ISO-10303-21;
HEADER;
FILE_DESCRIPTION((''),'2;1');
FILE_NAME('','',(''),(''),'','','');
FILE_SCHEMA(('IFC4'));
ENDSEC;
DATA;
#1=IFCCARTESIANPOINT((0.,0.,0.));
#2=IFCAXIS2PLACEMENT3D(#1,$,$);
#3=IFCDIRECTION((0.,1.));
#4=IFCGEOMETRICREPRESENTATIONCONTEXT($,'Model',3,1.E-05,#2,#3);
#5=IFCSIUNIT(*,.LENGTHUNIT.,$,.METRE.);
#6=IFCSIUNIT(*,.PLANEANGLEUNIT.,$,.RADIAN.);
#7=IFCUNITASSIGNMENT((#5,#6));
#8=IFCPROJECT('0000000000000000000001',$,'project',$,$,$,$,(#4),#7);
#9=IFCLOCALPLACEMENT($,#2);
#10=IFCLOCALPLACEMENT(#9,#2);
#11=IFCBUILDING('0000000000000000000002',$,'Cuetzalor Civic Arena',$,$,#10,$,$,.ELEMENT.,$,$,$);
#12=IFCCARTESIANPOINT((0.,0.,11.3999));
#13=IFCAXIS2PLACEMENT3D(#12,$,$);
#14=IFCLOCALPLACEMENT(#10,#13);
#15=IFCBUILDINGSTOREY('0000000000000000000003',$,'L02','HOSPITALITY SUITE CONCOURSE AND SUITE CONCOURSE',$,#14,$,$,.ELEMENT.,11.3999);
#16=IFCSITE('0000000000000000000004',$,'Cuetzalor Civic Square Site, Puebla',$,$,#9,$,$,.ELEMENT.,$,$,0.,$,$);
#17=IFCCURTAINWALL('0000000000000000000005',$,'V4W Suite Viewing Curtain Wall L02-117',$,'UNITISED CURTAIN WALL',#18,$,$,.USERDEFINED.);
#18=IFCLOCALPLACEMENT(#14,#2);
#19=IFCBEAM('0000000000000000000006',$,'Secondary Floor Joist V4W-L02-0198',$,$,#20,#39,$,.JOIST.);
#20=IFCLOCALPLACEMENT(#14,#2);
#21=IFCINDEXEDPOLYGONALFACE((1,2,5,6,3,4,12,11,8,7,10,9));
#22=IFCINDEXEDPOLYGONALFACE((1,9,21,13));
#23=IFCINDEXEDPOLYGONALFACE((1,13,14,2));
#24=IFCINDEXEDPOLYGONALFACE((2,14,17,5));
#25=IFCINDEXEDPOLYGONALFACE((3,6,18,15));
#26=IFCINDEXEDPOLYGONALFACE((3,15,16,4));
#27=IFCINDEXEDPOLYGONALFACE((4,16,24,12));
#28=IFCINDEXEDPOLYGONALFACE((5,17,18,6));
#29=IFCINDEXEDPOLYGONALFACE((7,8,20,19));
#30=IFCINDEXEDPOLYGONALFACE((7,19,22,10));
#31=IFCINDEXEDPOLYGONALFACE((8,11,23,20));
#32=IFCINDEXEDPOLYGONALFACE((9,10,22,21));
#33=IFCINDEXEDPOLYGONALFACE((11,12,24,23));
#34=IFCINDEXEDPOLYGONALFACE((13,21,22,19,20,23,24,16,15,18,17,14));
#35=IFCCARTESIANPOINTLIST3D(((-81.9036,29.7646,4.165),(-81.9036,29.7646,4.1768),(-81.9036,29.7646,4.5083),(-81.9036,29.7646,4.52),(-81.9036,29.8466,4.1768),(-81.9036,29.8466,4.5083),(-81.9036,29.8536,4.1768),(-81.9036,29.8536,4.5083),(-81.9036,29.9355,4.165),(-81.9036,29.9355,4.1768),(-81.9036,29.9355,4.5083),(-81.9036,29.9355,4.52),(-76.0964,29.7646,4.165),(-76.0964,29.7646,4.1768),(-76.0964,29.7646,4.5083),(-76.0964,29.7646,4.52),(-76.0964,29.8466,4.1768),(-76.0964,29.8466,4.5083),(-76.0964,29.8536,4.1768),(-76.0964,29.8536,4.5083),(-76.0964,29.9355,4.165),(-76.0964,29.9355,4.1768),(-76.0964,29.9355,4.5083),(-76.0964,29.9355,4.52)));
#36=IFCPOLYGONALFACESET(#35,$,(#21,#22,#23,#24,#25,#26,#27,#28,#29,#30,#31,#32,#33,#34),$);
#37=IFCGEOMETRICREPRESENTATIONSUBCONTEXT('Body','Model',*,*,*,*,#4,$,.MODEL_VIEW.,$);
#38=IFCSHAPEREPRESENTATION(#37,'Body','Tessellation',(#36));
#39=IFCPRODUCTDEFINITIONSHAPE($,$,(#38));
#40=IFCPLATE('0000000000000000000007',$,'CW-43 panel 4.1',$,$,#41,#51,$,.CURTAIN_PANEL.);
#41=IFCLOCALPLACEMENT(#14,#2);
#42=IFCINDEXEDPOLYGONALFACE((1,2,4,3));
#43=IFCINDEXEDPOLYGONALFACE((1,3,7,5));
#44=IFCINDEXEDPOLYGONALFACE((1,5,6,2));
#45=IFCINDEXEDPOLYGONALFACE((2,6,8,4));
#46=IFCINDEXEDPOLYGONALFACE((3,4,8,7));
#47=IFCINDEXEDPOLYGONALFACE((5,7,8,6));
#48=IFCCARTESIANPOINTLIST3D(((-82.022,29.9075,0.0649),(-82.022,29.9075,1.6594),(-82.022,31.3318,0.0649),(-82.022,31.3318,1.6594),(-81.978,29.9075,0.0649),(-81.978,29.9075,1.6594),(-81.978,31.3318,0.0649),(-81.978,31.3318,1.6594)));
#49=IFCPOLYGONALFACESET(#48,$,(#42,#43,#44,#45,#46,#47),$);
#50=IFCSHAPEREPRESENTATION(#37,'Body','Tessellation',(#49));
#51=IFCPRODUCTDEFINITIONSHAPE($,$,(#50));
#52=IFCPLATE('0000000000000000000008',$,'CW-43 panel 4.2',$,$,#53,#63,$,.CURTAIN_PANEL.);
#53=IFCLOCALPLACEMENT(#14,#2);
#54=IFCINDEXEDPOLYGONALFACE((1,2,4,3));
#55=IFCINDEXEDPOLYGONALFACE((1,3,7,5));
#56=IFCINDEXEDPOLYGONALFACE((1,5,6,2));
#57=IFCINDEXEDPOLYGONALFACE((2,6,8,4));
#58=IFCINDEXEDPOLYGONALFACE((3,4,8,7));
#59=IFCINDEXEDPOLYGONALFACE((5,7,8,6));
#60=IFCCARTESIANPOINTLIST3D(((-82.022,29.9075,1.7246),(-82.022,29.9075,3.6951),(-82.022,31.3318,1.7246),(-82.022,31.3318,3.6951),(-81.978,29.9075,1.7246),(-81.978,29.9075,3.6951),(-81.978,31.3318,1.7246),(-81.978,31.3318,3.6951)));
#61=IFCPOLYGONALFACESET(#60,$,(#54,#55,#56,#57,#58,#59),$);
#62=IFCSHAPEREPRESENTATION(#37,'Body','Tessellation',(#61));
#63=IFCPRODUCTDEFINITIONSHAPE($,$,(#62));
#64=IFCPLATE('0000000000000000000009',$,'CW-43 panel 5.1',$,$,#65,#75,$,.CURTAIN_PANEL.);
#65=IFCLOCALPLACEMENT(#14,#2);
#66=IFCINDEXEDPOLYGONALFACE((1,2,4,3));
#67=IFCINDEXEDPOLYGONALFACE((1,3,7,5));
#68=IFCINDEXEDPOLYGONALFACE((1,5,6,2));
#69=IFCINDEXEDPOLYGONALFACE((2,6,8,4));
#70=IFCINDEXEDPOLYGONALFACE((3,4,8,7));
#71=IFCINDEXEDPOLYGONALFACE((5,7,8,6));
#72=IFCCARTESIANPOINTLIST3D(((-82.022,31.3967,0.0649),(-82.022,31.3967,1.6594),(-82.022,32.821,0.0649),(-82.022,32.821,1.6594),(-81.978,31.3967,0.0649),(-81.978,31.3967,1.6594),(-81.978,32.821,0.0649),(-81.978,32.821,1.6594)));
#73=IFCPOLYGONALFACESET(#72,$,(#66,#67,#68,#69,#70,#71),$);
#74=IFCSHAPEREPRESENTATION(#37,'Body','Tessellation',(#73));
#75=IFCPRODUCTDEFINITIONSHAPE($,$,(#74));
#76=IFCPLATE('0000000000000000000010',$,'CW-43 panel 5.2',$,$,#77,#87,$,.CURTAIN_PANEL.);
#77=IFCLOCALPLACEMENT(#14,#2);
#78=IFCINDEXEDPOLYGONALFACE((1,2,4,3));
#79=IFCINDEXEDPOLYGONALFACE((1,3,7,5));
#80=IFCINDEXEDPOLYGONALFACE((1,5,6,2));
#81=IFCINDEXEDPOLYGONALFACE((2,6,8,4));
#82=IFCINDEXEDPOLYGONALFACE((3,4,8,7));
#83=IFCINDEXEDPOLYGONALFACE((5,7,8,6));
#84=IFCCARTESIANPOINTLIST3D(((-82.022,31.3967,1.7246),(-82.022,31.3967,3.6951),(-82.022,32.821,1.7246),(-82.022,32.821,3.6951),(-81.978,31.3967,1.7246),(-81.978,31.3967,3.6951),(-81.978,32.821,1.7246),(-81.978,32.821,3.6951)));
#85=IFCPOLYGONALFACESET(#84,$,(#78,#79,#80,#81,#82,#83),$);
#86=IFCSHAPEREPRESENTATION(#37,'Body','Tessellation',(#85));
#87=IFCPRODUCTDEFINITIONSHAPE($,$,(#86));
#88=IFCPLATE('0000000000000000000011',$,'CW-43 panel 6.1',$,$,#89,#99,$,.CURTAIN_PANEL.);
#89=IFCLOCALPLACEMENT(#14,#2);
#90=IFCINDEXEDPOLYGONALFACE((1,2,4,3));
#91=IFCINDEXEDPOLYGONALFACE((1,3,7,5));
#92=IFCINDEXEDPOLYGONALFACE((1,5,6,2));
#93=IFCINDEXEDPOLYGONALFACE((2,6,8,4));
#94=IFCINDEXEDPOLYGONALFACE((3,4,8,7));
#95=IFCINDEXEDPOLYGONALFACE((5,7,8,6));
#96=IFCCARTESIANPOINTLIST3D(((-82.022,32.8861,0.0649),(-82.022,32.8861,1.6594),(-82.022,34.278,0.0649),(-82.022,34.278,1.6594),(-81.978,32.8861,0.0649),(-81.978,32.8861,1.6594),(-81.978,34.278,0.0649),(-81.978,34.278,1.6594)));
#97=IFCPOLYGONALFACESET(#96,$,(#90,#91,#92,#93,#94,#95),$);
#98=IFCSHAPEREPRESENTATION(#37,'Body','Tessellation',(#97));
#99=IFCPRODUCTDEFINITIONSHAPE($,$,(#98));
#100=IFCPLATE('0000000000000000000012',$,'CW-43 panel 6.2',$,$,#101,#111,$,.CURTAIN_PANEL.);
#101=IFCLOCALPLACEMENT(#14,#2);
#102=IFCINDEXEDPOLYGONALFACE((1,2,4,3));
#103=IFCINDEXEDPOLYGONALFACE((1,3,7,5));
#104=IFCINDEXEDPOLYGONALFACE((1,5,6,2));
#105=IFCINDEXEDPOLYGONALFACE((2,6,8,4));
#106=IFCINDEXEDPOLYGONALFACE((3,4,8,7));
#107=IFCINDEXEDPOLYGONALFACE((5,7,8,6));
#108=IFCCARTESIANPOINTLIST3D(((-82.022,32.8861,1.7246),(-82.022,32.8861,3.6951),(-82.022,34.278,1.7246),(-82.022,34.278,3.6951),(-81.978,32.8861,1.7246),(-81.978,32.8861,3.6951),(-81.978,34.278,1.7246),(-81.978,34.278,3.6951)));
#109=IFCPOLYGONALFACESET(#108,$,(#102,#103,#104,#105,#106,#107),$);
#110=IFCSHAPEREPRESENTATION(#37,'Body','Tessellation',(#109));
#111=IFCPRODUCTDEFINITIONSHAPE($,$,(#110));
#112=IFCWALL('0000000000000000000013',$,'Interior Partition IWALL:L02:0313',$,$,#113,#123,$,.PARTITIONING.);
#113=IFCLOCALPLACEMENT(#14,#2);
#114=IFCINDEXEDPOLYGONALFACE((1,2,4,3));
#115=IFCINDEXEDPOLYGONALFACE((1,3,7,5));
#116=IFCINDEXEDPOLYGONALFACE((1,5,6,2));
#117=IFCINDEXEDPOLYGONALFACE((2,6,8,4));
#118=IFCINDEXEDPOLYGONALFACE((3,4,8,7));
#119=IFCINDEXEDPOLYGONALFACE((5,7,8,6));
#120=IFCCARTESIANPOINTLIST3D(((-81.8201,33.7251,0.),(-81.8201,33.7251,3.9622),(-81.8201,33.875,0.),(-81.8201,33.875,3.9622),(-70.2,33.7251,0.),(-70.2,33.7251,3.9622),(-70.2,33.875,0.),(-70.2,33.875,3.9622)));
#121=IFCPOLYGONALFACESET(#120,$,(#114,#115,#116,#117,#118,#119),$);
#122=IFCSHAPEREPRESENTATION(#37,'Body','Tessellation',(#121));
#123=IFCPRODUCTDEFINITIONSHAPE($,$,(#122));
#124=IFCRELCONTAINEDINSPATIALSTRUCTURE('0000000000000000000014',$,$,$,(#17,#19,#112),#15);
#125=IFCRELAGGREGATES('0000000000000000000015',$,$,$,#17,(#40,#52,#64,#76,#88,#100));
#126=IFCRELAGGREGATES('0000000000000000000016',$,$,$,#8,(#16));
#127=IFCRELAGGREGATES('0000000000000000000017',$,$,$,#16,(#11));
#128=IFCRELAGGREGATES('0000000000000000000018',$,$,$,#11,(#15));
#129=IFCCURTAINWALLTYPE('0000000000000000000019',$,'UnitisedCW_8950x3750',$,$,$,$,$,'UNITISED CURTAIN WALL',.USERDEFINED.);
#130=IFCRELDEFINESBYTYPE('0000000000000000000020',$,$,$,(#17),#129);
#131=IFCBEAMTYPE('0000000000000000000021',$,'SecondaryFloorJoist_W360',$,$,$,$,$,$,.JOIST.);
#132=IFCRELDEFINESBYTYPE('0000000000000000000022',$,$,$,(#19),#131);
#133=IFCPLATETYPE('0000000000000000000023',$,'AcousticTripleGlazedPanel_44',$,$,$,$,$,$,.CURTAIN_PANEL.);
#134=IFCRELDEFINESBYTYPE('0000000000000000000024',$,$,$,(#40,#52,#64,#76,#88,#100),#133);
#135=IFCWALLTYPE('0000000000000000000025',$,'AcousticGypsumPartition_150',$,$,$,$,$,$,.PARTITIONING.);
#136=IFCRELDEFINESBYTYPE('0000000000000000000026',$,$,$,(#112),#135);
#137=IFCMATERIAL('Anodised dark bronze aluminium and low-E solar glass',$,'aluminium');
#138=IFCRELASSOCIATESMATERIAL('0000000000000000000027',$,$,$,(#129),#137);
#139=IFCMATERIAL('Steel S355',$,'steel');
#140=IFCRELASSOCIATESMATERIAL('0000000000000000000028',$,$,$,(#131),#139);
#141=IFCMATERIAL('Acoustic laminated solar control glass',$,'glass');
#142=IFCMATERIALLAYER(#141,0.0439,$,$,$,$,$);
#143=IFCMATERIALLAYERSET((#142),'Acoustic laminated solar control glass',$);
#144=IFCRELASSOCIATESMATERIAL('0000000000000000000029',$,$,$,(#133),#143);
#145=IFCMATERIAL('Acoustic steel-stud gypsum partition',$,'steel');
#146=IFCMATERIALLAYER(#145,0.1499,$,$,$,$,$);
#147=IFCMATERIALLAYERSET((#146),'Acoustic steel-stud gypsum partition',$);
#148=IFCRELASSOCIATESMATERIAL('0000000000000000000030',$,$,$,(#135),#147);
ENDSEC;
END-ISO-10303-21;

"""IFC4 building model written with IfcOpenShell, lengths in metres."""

from ifc_helpers import new_model, si_unit, direction, frame, frame_2d, origin, origin_2d, place, context, subcontext, project, spatial, rectangle, i_section, extrude, material, layer, layer_set, material_profile, profile_set, type_object, element, aggregate, save


model = new_model("IFC4")

# Units and contexts
model_context = context("Model", 3, precision=1e-05, world=origin(), true_north=direction((0.0, 1.0)))
body_context = subcontext(model_context, "Body", "Model", "MODEL_VIEW")
ifc_project = project(units=[si_unit("LENGTHUNIT", "METRE"), si_unit("PLANEANGLEUNIT", "RADIAN")], contexts=[model_context])

# Site, building, storey
site_placement = place(None, origin())
site = spatial("IfcSite", under=ifc_project, at=site_placement, Name="Cuetzalor Civic Square Site, Puebla", CompositionType="ELEMENT", RefElevation=0.0)
building_placement = place(site_placement, origin())
building = spatial("IfcBuilding", under=site, at=building_placement, Name="Cuetzalor Civic Arena", CompositionType="ELEMENT")
storey_placement = place(building_placement, frame((0.0, 0.0, 11.3999)))
storey = spatial("IfcBuildingStorey", under=building, at=storey_placement, Name="L02", Description="HOSPITALITY SUITE CONCOURSE AND SUITE CONCOURSE", CompositionType="ELEMENT", Elevation=11.3999)

# Curtain wall
ifc_material_1 = material(Name="Anodised dark bronze aluminium and low-E solar glass", Category="aluminium")
curtain_wall_type = type_object("IfcCurtainWallType", Name="UnitisedCW_8950x3750", ElementType="UNITISED CURTAIN WALL", PredefinedType="USERDEFINED", material=ifc_material_1)
curtain_wall_placement = place(storey_placement, origin())
curtain_wall = element("IfcCurtainWall", 1, at=curtain_wall_placement, inside=storey, type_object=curtain_wall_type, Name="V4W Suite Viewing Curtain Wall L02-117", ObjectType="UNITISED CURTAIN WALL", PredefinedType="USERDEFINED")

# Beam
ifc_material_2 = material(Name="Steel S355", Category="steel")
ifc_material_profile_1 = material_profile(ifc_material_2, i_section(OverallWidth=0.1709, OverallDepth=0.355, WebThickness=0.0071, FlangeThickness=0.0117, at=origin_2d()), Name="W360x51")
ifc_profile_set_1 = profile_set([ifc_material_profile_1], Name="Steel S355")
beam_type = type_object("IfcBeamType", Name="SecondaryFloorJoist_W360", PredefinedType="JOIST", material=ifc_profile_set_1)
beam_placement = place(storey_placement, frame((-81.9036, 29.8501, 4.3425), z_axis=(1.0, 0.0, 0.0), x_axis=(0.0, 1.0, 0.0)))
element("IfcBeam", 2, at=beam_placement, inside=storey, type_object=beam_type, Name="Secondary Floor Joist V4W-L02-0198", PredefinedType="JOIST", context=body_context, shape_type="SweptSolid", body=[
    extrude(i_section(OverallWidth=0.1709, OverallDepth=0.355, WebThickness=0.0071, FlangeThickness=0.0117, at=origin_2d()), origin(), (0.0, 0.0, 1.0), 5.8071),
])

# Plates
ifc_material_3 = material(Name="Acoustic laminated solar control glass", Category="glass")
ifc_layer_1 = layer(ifc_material_3, 0.0439)
ifc_layer_set_1 = layer_set([ifc_layer_1], Name="Acoustic laminated solar control glass")
plate_type = type_object("IfcPlateType", Name="AcousticTripleGlazedPanel_44", PredefinedType="CURTAIN_PANEL", material=ifc_layer_set_1)
plate_1_placement = place(storey_placement, frame((-82.0, 30.6196, 0.0649), z_axis=(0.0, 0.0, 1.0), x_axis=(0.0, 1.0, 0.0)))
plate_1 = element("IfcPlate", 3, at=plate_1_placement, type_object=plate_type, Name="CW-43 panel 4.1", PredefinedType="CURTAIN_PANEL", context=body_context, shape_type="SweptSolid", body=[
    extrude(rectangle(XDim=1.4243, YDim=0.0439, at=origin_2d()), origin(), (0.0, 0.0, 1.0), 1.5945),
])
plate_2_placement = place(storey_placement, frame((-82.0, 30.6196, 1.7246), z_axis=(0.0, 0.0, 1.0), x_axis=(0.0, 1.0, 0.0)))
plate_2 = element("IfcPlate", 4, at=plate_2_placement, type_object=plate_type, Name="CW-43 panel 4.2", PredefinedType="CURTAIN_PANEL", context=body_context, shape_type="SweptSolid", body=[
    extrude(rectangle(XDim=1.4243, YDim=0.0439, at=origin_2d()), origin(), (0.0, 0.0, 1.0), 1.9705),
])
plate_3_placement = place(storey_placement, frame((-82.0, 32.1089, 0.0649), z_axis=(0.0, 0.0, 1.0), x_axis=(0.0, 1.0, 0.0)))
plate_3 = element("IfcPlate", 5, at=plate_3_placement, type_object=plate_type, Name="CW-43 panel 5.1", PredefinedType="CURTAIN_PANEL", context=body_context, shape_type="SweptSolid", body=[
    extrude(rectangle(XDim=1.4243, YDim=0.0439, at=origin_2d()), origin(), (0.0, 0.0, 1.0), 1.5945),
])
plate_4_placement = place(storey_placement, frame((-82.0, 32.1089, 1.7246), z_axis=(0.0, 0.0, 1.0), x_axis=(0.0, 1.0, 0.0)))
plate_4 = element("IfcPlate", 6, at=plate_4_placement, type_object=plate_type, Name="CW-43 panel 5.2", PredefinedType="CURTAIN_PANEL", context=body_context, shape_type="SweptSolid", body=[
    extrude(rectangle(XDim=1.4243, YDim=0.0439, at=origin_2d()), origin(), (0.0, 0.0, 1.0), 1.9705),
])
plate_5_placement = place(storey_placement, frame((-82.0, 33.582, 0.0649), z_axis=(0.0, 0.0, 1.0), x_axis=(0.0, 1.0, 0.0)))
plate_5 = element("IfcPlate", 7, at=plate_5_placement, type_object=plate_type, Name="CW-43 panel 6.1", PredefinedType="CURTAIN_PANEL", context=body_context, shape_type="SweptSolid", body=[
    extrude(rectangle(XDim=1.3918, YDim=0.0439, at=origin_2d()), origin(), (0.0, 0.0, 1.0), 1.5945),
])
plate_6_placement = place(storey_placement, frame((-82.0, 33.582, 1.7246), z_axis=(0.0, 0.0, 1.0), x_axis=(0.0, 1.0, 0.0)))
plate_6 = element("IfcPlate", 8, at=plate_6_placement, type_object=plate_type, Name="CW-43 panel 6.2", PredefinedType="CURTAIN_PANEL", context=body_context, shape_type="SweptSolid", body=[
    extrude(rectangle(XDim=1.3918, YDim=0.0439, at=origin_2d()), origin(), (0.0, 0.0, 1.0), 1.9705),
])
aggregate(curtain_wall, [plate_1, plate_2, plate_3, plate_4, plate_5, plate_6])

# Wall
ifc_material_4 = material(Name="Acoustic steel-stud gypsum partition", Category="steel")
ifc_layer_2 = layer(ifc_material_4, 0.1499)
ifc_layer_set_2 = layer_set([ifc_layer_2], Name="Acoustic steel-stud gypsum partition")
wall_type = type_object("IfcWallType", Name="AcousticGypsumPartition_150", PredefinedType="PARTITIONING", material=ifc_layer_set_2)
wall_placement = place(storey_placement, frame((-81.8201, 33.8, 0.0), z_axis=(0.0, 0.0, 1.0), x_axis=(1.0, 0.0, 0.0)))
element("IfcWall", 9, at=wall_placement, inside=storey, type_object=wall_type, Name="Interior Partition IWALL:L02:0313", PredefinedType="PARTITIONING", context=body_context, shape_type="SweptSolid", body=[
    extrude(rectangle(XDim=11.6201, YDim=0.1499, at=frame_2d((5.8101, 0.0))), origin(), (0.0, 0.0, 1.0), 3.9622),
])

save(model, "model.ifc")
